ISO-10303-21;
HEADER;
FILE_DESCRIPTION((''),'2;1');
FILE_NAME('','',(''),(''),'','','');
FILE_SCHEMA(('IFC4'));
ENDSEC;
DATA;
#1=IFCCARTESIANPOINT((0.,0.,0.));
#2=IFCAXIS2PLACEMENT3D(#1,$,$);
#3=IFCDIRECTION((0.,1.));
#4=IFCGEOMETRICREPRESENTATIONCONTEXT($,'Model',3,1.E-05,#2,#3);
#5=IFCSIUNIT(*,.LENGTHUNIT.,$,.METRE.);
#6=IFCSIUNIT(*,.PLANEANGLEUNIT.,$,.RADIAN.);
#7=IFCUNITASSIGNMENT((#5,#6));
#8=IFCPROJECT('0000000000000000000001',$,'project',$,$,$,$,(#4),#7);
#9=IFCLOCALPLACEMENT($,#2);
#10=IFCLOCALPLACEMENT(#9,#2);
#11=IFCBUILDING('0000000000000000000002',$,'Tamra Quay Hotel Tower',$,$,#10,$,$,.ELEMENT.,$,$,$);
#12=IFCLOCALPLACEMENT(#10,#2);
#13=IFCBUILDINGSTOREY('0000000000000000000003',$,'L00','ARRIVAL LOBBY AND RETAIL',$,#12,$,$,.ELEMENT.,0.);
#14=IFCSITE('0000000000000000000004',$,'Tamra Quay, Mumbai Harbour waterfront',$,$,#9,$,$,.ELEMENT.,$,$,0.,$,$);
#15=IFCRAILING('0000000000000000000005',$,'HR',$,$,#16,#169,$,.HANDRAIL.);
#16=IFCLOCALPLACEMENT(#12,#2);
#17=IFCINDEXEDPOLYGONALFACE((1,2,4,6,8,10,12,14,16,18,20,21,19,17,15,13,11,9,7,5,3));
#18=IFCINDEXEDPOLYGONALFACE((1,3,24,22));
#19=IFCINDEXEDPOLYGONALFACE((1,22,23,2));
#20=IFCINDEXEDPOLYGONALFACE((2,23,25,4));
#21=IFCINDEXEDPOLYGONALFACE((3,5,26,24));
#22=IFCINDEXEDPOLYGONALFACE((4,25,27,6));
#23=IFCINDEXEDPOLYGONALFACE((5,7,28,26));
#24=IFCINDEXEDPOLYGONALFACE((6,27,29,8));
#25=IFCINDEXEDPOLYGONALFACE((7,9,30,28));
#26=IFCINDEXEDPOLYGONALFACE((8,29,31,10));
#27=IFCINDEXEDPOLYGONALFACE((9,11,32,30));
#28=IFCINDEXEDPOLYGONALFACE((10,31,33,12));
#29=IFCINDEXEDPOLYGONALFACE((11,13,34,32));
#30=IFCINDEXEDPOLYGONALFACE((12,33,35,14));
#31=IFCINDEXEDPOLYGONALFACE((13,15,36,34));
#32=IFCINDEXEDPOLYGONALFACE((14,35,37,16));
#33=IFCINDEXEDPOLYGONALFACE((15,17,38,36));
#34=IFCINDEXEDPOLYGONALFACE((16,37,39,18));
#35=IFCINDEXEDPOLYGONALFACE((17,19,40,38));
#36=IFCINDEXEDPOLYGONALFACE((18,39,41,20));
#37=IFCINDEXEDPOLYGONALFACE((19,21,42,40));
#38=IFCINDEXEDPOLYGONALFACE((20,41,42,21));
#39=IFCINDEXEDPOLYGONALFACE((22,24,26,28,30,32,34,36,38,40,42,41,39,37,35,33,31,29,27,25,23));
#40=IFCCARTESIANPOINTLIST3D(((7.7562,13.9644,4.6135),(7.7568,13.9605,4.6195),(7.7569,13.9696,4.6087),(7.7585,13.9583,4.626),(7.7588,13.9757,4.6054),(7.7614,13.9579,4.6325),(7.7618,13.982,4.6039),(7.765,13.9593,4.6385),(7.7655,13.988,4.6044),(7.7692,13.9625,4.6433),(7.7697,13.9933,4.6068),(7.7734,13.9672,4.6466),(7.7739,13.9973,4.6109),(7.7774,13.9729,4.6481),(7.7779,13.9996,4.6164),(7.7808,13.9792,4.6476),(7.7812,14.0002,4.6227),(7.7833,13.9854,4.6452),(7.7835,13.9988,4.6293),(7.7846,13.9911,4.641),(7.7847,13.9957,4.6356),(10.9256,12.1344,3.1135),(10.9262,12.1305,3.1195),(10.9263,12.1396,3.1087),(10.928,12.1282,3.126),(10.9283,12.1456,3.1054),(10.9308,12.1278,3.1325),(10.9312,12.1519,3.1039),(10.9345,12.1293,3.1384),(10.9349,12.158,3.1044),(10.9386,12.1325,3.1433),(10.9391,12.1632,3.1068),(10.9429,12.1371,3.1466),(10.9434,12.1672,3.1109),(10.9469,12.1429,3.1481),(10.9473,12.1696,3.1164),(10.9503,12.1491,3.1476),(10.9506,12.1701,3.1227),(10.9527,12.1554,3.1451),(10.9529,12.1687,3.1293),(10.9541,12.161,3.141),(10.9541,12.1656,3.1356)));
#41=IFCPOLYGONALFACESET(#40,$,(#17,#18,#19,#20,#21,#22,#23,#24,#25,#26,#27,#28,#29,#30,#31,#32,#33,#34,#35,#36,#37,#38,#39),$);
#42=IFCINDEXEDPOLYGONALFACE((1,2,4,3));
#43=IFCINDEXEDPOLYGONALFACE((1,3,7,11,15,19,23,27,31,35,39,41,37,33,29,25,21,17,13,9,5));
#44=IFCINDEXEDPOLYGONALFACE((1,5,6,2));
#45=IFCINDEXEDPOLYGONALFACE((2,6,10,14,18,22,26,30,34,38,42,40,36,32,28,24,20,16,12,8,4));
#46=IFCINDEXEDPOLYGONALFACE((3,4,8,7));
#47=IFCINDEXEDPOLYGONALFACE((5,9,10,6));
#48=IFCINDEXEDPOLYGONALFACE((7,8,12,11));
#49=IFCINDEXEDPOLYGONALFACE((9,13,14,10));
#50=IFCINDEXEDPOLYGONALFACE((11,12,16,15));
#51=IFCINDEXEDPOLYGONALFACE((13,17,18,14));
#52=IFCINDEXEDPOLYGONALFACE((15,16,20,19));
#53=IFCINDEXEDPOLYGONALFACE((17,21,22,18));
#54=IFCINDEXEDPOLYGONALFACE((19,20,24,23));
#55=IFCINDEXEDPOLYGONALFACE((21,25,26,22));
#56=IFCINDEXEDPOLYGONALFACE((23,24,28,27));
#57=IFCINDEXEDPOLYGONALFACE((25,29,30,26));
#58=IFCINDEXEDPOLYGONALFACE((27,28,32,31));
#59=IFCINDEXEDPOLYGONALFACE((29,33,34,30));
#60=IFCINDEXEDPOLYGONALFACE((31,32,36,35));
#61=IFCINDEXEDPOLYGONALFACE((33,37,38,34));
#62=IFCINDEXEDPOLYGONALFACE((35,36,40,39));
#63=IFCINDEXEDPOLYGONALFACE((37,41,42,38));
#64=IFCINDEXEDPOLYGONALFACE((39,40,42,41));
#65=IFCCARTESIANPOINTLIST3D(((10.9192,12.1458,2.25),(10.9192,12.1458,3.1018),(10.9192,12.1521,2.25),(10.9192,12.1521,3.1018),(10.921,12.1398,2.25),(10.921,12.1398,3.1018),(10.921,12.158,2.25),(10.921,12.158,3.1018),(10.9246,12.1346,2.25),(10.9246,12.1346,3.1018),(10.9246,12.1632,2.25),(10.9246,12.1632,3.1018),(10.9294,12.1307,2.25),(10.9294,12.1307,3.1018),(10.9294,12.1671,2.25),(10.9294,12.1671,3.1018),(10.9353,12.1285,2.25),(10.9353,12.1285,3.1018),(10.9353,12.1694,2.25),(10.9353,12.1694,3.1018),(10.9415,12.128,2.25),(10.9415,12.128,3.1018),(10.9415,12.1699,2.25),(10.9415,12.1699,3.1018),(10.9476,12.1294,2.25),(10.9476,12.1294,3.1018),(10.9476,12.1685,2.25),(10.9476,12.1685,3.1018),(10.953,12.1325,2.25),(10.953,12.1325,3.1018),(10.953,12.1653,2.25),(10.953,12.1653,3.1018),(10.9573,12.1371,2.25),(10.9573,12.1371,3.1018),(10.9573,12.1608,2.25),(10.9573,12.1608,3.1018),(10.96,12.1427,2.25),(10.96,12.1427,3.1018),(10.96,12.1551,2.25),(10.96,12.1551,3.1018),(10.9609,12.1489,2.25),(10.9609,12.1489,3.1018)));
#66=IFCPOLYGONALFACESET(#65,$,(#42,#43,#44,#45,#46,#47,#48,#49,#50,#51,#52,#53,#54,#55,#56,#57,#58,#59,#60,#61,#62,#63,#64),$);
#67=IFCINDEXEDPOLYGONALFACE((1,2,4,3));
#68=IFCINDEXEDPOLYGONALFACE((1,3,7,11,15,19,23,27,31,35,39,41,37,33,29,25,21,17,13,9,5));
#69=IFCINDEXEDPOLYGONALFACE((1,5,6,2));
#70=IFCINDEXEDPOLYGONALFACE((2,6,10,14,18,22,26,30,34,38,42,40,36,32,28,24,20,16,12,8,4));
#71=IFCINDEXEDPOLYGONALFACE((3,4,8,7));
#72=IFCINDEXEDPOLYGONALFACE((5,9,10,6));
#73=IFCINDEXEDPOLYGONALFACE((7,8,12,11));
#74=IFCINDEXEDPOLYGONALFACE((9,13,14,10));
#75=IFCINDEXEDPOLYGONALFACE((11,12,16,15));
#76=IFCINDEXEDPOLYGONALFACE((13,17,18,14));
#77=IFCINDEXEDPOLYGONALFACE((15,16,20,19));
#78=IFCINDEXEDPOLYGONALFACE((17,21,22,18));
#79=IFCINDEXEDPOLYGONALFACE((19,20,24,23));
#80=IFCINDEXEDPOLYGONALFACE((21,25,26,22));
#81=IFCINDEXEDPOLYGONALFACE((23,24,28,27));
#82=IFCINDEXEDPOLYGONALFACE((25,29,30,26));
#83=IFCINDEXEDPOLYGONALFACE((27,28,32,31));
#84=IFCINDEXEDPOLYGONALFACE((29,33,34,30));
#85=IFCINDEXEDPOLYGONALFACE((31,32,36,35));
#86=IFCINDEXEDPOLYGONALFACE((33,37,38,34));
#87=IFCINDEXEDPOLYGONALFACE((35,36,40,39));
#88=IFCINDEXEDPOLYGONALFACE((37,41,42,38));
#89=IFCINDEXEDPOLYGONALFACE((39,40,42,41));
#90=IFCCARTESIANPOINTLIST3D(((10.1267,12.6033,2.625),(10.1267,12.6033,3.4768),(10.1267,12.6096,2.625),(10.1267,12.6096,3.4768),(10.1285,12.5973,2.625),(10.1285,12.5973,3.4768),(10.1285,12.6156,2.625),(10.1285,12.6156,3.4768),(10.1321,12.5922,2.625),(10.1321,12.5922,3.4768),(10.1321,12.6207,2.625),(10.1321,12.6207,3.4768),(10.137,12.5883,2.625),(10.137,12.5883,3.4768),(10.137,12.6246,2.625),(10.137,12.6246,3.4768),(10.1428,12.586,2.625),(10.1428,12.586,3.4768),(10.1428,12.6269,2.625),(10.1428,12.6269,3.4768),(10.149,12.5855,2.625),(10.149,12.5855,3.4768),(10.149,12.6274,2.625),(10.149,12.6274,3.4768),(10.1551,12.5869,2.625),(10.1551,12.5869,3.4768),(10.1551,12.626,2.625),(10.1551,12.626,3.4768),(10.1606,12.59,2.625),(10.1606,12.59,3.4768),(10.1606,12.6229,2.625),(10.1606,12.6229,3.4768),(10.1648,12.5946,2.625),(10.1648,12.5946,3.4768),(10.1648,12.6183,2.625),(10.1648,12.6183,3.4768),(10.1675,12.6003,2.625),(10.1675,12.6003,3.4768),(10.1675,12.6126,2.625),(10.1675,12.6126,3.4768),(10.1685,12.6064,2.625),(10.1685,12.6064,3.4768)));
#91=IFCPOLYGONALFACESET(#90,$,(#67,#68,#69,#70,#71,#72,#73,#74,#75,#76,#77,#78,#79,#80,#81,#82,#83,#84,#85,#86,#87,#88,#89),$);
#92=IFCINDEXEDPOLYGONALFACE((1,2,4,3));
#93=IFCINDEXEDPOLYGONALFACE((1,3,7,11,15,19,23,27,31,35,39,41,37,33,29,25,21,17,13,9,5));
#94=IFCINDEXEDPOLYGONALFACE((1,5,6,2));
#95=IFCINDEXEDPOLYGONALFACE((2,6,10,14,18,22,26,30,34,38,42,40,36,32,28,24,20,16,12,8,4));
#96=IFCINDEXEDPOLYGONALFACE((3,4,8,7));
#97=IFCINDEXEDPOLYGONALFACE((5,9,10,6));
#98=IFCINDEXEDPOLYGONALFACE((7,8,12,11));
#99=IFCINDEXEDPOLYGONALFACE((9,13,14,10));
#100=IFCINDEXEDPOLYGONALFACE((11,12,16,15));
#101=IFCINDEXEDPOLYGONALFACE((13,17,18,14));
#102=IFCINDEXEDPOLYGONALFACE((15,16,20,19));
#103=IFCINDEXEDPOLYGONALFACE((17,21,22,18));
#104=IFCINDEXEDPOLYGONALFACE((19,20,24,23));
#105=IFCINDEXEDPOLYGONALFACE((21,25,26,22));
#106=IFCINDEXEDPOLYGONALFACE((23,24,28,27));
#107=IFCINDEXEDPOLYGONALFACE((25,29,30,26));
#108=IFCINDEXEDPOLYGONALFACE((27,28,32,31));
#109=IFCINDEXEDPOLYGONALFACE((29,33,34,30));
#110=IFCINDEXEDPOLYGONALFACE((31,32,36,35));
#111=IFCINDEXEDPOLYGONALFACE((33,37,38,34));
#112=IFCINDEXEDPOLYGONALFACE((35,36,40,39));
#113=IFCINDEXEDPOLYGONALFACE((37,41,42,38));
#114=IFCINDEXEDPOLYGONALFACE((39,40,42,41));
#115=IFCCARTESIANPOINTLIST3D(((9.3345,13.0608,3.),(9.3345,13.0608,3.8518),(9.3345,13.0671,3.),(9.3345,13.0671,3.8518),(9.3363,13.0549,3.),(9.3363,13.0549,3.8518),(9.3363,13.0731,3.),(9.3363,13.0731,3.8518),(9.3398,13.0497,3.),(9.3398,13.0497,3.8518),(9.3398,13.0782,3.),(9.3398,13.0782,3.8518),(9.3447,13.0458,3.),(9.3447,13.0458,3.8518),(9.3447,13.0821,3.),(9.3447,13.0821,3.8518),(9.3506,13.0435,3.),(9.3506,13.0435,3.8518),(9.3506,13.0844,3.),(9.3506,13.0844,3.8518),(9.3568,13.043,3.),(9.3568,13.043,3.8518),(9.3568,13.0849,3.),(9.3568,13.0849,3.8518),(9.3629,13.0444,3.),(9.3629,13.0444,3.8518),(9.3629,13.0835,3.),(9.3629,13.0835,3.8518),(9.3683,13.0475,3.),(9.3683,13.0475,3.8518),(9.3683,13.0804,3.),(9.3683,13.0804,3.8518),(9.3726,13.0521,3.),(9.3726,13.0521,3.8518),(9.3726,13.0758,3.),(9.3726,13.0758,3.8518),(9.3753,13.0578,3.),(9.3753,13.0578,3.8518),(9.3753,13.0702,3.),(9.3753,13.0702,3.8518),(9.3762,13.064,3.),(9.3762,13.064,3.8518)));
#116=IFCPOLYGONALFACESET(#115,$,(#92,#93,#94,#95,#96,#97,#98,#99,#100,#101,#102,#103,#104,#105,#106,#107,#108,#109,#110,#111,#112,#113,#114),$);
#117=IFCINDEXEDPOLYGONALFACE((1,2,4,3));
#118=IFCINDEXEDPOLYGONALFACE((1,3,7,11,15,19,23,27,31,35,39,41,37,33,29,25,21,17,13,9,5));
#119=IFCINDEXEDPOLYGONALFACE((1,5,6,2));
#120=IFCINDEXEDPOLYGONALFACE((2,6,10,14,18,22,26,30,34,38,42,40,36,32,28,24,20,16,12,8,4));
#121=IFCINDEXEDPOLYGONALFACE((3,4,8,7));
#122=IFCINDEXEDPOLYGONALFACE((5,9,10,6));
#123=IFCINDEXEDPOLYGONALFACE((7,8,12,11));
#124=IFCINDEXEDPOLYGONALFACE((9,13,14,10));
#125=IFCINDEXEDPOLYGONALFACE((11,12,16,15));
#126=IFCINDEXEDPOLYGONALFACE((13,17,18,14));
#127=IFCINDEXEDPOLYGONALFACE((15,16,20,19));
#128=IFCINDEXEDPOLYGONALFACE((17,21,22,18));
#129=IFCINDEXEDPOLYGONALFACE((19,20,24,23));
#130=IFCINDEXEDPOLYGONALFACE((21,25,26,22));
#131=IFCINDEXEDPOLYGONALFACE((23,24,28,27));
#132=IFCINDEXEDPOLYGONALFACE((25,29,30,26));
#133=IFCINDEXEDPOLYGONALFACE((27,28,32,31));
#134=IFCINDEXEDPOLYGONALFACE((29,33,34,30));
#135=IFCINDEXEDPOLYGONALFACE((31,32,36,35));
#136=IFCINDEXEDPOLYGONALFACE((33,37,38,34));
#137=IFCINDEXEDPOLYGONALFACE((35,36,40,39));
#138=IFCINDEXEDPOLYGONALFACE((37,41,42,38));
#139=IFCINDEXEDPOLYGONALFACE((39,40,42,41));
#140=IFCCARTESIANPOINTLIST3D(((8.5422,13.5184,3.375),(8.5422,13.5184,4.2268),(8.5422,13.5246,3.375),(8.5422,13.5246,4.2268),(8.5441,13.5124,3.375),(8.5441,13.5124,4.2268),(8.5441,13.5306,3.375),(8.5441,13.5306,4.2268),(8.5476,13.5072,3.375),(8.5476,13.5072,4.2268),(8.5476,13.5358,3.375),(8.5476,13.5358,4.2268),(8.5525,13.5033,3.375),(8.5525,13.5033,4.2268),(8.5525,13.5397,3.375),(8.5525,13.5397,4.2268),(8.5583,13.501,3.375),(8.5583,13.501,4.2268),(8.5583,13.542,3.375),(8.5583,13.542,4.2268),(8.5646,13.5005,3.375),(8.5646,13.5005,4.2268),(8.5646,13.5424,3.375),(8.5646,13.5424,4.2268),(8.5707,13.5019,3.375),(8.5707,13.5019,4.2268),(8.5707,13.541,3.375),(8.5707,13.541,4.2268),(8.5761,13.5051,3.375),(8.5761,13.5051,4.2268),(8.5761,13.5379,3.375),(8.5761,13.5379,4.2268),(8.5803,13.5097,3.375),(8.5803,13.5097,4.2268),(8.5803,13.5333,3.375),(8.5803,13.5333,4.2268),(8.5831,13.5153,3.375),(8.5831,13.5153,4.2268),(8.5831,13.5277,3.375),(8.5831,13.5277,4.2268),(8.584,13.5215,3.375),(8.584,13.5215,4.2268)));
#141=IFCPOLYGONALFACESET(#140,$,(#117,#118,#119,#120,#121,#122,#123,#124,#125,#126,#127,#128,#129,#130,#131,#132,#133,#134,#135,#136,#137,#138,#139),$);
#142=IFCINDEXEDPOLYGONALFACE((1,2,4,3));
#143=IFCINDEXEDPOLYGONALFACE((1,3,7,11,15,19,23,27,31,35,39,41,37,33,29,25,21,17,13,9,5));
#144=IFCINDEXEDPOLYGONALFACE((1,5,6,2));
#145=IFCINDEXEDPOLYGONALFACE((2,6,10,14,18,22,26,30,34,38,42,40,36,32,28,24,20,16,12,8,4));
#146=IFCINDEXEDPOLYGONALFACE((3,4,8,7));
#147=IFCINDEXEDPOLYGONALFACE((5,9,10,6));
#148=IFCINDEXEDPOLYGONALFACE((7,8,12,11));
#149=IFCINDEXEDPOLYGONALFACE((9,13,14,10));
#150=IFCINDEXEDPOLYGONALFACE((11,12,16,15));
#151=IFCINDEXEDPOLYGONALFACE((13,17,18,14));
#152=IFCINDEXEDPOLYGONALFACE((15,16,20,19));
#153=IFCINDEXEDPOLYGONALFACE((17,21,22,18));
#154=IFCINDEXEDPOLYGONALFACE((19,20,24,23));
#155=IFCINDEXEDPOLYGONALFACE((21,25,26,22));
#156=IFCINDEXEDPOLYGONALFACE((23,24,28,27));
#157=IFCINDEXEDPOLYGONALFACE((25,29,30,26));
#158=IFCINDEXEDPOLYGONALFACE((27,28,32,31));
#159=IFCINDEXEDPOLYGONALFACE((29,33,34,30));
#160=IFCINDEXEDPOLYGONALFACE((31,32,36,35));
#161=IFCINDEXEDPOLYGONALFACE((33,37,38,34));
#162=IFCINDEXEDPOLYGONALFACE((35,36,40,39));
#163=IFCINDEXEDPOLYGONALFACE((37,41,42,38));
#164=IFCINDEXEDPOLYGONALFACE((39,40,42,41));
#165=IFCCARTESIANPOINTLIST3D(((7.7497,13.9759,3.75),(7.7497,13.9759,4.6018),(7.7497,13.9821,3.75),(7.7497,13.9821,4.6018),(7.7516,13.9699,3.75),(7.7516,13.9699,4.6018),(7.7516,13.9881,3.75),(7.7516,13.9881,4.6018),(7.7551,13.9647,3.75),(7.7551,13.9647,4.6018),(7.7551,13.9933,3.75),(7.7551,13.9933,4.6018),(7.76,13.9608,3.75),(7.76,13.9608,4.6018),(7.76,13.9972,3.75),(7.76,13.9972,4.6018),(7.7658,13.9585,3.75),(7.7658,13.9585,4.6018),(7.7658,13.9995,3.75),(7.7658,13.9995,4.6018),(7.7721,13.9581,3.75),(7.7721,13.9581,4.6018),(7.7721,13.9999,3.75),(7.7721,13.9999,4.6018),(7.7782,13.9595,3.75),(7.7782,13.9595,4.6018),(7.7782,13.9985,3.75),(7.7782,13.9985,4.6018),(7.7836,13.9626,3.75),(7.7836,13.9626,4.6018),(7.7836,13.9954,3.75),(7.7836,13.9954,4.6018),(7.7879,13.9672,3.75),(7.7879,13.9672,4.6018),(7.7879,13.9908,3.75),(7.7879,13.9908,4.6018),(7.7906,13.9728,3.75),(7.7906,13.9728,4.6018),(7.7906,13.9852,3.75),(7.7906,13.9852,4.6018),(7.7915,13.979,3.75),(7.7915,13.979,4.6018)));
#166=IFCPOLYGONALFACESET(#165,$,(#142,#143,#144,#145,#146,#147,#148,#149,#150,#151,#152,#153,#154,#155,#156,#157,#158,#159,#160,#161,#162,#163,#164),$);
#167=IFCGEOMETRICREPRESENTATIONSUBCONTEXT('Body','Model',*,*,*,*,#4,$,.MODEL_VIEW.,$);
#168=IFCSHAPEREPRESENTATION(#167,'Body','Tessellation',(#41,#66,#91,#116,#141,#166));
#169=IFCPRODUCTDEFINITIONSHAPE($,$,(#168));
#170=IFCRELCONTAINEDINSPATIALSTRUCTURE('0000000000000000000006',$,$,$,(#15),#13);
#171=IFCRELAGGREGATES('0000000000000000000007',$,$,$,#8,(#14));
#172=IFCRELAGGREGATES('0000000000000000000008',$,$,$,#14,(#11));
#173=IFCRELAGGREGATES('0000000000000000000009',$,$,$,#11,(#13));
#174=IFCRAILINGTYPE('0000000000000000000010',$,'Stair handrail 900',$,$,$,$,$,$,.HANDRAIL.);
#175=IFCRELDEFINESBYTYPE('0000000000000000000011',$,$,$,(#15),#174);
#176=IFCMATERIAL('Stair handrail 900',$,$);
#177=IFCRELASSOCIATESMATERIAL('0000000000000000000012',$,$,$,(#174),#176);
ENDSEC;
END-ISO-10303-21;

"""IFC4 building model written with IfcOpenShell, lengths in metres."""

from ifc_helpers import new_model, si_unit, direction, frame, origin, origin_2d, place, context, subcontext, project, spatial, circle, extrude, material, type_object, element, save


model = new_model("IFC4")

# Units and contexts
model_context = context("Model", 3, precision=1e-05, world=origin(), true_north=direction((0.0, 1.0)))
body_context = subcontext(model_context, "Body", "Model", "MODEL_VIEW")
ifc_project = project(units=[si_unit("LENGTHUNIT", "METRE"), si_unit("PLANEANGLEUNIT", "RADIAN")], contexts=[model_context])

# Site, building, storey
site_placement = place(None, origin())
site = spatial("IfcSite", under=ifc_project, at=site_placement, Name="Tamra Quay, Mumbai Harbour waterfront", CompositionType="ELEMENT", RefElevation=0.0)
building_placement = place(site_placement, origin())
building = spatial("IfcBuilding", under=site, at=building_placement, Name="Tamra Quay Hotel Tower", CompositionType="ELEMENT")
storey_placement = place(building_placement, origin())
storey = spatial("IfcBuildingStorey", under=building, at=storey_placement, Name="L00", Description="ARRIVAL LOBBY AND RETAIL", CompositionType="ELEMENT", Elevation=0.0)

# Railing
ifc_material_1 = material(Name="Stair handrail 900")
railing_type_1 = type_object("IfcRailingType", Name="Stair handrail 900", PredefinedType="HANDRAIL", material=ifc_material_1)
railing_1_placement = place(storey_placement, frame((10.9399, 12.1489, 2.25)))
element("IfcRailing", 1, at=railing_1_placement, inside=storey, type_object=railing_type_1, Name="HR", PredefinedType="HANDRAIL", context=body_context, shape_type="SweptSolid", body=[
    extrude(circle(Radius=0.0239, at=origin_2d()), frame((0.0, 0.0, 0.876), z_axis=(-0.801311, 0.462689, 0.379237), x_axis=(-0.500042, -0.866001, 0.0)), (0.0, 0.0, 1.0), 3.9553),
    extrude(circle(Radius=0.021, at=origin_2d()), origin(), (0.0, 0.0, 1.0), 0.8518),
    extrude(circle(Radius=0.021, at=origin_2d()), frame((-0.7925, 0.4575, 0.375)), (0.0, 0.0, 1.0), 0.8518),
    extrude(circle(Radius=0.021, at=origin_2d()), frame((-1.5847, 0.915, 0.75)), (0.0, 0.0, 1.0), 0.8518),
    extrude(circle(Radius=0.021, at=origin_2d()), frame((-2.377, 1.3726, 1.125)), (0.0, 0.0, 1.0), 0.8518),
    extrude(circle(Radius=0.021, at=origin_2d()), frame((-3.1694, 1.8301, 1.5)), (0.0, 0.0, 1.0), 0.8518),
])

save(model, "model.ifc")
